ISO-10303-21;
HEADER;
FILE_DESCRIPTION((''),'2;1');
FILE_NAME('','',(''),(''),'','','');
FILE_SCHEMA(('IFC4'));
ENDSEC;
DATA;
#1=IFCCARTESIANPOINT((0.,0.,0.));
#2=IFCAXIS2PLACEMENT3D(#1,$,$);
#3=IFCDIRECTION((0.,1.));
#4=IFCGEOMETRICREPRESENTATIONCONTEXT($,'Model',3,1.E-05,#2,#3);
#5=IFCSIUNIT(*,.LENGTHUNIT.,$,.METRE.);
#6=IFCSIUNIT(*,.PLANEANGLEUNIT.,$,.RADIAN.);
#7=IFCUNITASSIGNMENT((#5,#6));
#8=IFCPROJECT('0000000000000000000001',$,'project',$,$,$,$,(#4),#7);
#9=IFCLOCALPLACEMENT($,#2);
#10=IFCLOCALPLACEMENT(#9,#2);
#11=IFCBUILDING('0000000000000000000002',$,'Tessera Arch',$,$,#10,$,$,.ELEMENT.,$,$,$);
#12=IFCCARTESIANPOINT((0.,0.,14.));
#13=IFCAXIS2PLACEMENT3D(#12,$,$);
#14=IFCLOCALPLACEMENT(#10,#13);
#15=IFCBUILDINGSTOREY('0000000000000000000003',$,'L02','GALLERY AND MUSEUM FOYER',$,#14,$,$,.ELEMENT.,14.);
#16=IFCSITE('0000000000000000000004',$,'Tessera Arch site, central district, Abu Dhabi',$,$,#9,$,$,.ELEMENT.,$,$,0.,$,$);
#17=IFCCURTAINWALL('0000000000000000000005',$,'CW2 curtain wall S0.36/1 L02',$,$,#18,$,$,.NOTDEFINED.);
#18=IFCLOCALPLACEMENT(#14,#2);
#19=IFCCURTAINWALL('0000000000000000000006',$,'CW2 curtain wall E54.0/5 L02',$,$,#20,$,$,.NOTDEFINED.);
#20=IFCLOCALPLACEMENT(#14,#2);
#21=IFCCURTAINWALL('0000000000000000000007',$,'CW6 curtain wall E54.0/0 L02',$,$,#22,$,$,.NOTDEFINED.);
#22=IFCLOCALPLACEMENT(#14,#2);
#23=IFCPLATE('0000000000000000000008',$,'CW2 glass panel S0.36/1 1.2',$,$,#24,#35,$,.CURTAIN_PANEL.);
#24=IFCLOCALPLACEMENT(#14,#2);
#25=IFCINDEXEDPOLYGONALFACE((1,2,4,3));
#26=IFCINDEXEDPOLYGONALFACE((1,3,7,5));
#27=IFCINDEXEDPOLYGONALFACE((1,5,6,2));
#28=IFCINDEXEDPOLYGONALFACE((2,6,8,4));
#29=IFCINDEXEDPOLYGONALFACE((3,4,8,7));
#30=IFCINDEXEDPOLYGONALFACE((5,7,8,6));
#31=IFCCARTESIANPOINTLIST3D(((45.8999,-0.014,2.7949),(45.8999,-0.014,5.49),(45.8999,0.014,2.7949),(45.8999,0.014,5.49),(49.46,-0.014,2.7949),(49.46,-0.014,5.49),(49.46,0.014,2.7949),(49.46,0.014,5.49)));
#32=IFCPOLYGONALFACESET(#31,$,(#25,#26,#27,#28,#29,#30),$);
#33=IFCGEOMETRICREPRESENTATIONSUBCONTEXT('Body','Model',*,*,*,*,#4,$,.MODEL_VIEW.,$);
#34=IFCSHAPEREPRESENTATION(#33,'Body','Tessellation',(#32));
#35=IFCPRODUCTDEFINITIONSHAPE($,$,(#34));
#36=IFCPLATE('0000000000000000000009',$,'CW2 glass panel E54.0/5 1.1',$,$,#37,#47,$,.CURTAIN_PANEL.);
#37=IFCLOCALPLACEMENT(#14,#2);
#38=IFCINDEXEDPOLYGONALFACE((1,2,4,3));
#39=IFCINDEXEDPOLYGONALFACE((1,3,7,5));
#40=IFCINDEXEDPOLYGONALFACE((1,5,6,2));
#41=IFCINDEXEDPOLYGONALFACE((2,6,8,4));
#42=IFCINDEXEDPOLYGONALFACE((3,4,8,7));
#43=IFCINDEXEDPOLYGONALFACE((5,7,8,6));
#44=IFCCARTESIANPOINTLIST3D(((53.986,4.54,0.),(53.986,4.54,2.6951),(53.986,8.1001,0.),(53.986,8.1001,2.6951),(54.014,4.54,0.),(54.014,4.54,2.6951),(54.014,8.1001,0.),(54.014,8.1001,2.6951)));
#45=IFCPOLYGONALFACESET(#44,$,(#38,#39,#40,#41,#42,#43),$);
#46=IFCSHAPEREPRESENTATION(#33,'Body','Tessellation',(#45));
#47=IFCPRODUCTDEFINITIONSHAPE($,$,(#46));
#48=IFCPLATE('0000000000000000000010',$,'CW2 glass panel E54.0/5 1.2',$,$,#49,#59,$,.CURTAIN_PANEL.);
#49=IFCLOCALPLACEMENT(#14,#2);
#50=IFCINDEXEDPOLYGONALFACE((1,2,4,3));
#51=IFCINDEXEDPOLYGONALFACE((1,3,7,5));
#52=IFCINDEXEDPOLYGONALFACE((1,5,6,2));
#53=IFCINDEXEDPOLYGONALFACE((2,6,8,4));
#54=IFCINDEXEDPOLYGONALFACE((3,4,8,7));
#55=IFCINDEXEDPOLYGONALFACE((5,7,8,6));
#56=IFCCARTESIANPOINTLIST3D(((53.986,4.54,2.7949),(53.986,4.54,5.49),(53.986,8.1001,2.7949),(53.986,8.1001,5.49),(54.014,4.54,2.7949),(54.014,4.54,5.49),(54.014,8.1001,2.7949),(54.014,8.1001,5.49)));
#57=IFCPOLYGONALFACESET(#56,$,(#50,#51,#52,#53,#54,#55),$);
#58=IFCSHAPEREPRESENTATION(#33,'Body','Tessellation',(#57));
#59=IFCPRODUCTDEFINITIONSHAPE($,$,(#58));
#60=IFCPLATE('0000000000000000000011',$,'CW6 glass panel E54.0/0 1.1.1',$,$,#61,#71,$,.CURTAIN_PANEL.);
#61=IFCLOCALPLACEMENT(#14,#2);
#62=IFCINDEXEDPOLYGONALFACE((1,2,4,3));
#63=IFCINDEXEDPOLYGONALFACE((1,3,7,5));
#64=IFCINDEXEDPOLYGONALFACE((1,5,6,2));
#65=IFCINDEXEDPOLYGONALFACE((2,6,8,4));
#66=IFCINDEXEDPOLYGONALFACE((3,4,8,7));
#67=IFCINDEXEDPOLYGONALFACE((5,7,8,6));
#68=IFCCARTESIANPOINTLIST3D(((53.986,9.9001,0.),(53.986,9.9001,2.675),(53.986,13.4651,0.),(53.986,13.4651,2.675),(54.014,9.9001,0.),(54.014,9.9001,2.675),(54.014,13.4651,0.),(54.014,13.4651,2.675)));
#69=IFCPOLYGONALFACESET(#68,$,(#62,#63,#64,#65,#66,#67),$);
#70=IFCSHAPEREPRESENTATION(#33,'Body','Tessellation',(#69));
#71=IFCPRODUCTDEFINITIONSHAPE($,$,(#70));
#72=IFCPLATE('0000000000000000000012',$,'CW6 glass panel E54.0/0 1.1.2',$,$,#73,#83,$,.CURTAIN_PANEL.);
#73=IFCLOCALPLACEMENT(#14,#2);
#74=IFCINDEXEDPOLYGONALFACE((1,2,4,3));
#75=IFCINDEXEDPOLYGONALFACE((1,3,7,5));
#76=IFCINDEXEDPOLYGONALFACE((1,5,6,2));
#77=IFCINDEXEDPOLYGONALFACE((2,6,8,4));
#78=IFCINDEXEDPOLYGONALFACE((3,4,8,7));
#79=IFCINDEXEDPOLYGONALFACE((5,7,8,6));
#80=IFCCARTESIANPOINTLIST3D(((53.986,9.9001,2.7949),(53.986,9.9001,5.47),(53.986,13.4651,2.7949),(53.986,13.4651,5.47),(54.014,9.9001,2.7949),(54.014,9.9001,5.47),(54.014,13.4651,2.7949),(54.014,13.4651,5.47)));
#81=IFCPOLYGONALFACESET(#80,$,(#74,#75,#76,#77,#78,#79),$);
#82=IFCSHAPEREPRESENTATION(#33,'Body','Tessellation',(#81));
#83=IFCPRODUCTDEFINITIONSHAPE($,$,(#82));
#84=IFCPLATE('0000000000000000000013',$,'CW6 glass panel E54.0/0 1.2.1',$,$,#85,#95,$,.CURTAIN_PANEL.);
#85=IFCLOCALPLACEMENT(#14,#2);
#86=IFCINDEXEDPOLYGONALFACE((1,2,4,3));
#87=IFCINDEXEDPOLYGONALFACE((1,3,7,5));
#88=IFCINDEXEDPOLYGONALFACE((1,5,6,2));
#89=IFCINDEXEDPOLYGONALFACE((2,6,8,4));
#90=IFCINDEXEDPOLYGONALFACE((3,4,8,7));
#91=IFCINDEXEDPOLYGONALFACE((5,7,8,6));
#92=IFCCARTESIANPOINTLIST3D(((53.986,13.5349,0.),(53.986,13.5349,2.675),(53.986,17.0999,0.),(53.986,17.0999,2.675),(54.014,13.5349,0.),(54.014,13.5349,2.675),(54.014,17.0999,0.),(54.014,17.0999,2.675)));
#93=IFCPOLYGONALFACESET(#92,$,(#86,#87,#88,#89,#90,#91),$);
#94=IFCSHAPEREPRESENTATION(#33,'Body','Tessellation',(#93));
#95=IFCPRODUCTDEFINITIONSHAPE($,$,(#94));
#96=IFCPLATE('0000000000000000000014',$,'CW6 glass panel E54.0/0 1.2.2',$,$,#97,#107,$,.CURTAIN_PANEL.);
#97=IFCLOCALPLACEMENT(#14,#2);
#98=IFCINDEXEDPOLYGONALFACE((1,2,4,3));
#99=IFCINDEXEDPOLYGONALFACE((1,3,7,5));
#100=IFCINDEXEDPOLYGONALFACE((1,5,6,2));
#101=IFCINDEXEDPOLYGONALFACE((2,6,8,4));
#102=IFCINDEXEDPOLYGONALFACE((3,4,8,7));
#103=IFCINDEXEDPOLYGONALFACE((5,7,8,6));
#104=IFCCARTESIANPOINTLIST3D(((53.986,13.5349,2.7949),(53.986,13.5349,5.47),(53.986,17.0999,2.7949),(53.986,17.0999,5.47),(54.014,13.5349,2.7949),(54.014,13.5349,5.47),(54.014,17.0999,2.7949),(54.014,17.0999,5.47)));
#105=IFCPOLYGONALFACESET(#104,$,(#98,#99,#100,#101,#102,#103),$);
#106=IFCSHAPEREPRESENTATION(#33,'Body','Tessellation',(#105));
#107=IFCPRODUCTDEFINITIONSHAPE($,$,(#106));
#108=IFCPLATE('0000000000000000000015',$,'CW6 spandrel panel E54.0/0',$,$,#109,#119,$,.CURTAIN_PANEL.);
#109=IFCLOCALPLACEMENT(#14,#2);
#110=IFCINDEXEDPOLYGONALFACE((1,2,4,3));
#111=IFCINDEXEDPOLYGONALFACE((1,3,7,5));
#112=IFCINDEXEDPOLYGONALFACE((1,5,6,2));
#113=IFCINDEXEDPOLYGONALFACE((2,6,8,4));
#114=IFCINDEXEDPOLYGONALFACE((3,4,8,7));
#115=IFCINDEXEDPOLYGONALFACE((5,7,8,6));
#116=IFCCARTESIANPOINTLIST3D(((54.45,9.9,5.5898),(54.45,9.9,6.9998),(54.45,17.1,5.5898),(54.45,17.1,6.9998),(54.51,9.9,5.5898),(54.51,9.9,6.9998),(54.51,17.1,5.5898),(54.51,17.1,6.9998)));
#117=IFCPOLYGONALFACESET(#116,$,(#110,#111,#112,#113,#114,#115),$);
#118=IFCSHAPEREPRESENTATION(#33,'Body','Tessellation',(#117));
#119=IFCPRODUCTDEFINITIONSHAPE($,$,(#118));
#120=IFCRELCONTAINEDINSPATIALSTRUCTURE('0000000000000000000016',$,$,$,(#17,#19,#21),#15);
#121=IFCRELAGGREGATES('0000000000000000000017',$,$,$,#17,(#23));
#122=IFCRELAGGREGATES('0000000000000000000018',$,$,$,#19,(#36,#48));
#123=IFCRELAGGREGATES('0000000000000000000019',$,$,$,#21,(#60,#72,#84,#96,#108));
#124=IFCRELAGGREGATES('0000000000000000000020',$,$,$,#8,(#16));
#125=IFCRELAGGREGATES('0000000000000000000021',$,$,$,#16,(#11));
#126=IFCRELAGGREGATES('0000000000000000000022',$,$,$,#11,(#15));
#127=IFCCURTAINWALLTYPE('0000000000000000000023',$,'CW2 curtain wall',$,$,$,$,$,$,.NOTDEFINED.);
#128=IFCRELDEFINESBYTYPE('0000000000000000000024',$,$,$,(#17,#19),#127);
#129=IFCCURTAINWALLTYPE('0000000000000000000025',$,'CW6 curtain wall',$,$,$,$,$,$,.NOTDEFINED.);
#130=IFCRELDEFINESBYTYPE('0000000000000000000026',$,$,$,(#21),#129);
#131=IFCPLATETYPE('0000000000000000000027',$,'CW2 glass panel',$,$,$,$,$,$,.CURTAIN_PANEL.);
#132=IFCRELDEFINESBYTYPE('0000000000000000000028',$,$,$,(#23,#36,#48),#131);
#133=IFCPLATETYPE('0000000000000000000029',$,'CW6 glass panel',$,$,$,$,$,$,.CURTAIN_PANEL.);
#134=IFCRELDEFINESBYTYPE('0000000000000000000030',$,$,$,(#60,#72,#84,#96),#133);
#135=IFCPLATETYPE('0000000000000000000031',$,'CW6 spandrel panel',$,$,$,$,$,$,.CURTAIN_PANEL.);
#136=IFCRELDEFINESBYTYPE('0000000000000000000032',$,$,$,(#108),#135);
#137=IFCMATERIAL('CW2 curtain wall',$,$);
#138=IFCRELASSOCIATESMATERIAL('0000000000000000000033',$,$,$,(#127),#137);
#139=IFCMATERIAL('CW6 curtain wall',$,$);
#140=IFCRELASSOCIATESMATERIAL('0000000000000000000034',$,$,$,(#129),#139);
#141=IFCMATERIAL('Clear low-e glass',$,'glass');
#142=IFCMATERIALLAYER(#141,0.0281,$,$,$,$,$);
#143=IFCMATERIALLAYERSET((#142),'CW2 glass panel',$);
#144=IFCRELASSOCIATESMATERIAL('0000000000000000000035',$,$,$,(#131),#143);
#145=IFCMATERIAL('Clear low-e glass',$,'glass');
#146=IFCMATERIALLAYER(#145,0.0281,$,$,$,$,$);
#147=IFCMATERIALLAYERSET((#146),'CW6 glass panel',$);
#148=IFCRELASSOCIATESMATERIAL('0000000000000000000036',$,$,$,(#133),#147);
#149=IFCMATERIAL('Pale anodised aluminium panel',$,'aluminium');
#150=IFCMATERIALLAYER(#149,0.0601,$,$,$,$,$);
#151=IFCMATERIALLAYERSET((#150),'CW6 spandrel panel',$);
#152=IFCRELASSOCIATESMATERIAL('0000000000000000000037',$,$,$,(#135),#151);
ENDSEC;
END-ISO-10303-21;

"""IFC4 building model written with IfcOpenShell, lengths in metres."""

from ifc_helpers import new_model, si_unit, direction, frame, origin, origin_2d, place, context, subcontext, project, spatial, rectangle, extrude, material, layer, layer_set, type_object, element, aggregate, save


model = new_model("IFC4")

# Units and contexts
model_context = context("Model", 3, precision=1e-05, world=origin(), true_north=direction((0.0, 1.0)))
body_context = subcontext(model_context, "Body", "Model", "MODEL_VIEW")
ifc_project = project(units=[si_unit("LENGTHUNIT", "METRE"), si_unit("PLANEANGLEUNIT", "RADIAN")], contexts=[model_context])

# Site, building, storey
site_placement = place(None, origin())
site = spatial("IfcSite", under=ifc_project, at=site_placement, Name="Tessera Arch site, central district, Abu Dhabi", CompositionType="ELEMENT", RefElevation=0.0)
building_placement = place(site_placement, origin())
building = spatial("IfcBuilding", under=site, at=building_placement, Name="Tessera Arch", CompositionType="ELEMENT")
storey_placement = place(building_placement, frame((0.0, 0.0, 14.0)))
storey = spatial("IfcBuildingStorey", under=building, at=storey_placement, Name="L02", Description="GALLERY AND MUSEUM FOYER", CompositionType="ELEMENT", Elevation=14.0)

# Curtain walls
ifc_material_1 = material(Name="CW2 curtain wall")
curtain_wall_type_1 = type_object("IfcCurtainWallType", Name="CW2 curtain wall", PredefinedType="NOTDEFINED", material=ifc_material_1)
curtain_wall_1_placement = place(storey_placement, origin())
curtain_wall_1 = element("IfcCurtainWall", 1, at=curtain_wall_1_placement, inside=storey, type_object=curtain_wall_type_1, Name="CW2 curtain wall S0.36/1 L02", PredefinedType="NOTDEFINED")
curtain_wall_2_placement = place(storey_placement, origin())
curtain_wall_2 = element("IfcCurtainWall", 2, at=curtain_wall_2_placement, inside=storey, type_object=curtain_wall_type_1, Name="CW2 curtain wall E54.0/5 L02", PredefinedType="NOTDEFINED")

# Curtain wall
ifc_material_2 = material(Name="CW6 curtain wall")
curtain_wall_type_2 = type_object("IfcCurtainWallType", Name="CW6 curtain wall", PredefinedType="NOTDEFINED", material=ifc_material_2)
curtain_wall_3_placement = place(storey_placement, origin())
curtain_wall_3 = element("IfcCurtainWall", 3, at=curtain_wall_3_placement, inside=storey, type_object=curtain_wall_type_2, Name="CW6 curtain wall E54.0/0 L02", PredefinedType="NOTDEFINED")

# Plates
ifc_material_3 = material(Name="Clear low-e glass", Category="glass")
ifc_layer_1 = layer(ifc_material_3, 0.0281)
ifc_layer_set_1 = layer_set([ifc_layer_1], Name="CW2 glass panel")
plate_type_1 = type_object("IfcPlateType", Name="CW2 glass panel", PredefinedType="CURTAIN_PANEL", material=ifc_layer_set_1)
plate_1_placement = place(storey_placement, frame((47.6799, 0.0, 2.7949), z_axis=(0.0, 0.0, 1.0), x_axis=(1.0, 0.0, 0.0)))
plate_1 = element("IfcPlate", 4, at=plate_1_placement, type_object=plate_type_1, Name="CW2 glass panel S0.36/1 1.2", PredefinedType="CURTAIN_PANEL", context=body_context, shape_type="SweptSolid", body=[
    extrude(rectangle(XDim=3.5601, YDim=0.0281, at=origin_2d()), origin(), (0.0, 0.0, 1.0), 2.6951),
])
aggregate(curtain_wall_1, [plate_1])
plate_2_placement = place(storey_placement, frame((54.0, 6.3201, 0.0), z_axis=(0.0, 0.0, 1.0), x_axis=(0.0, 1.0, 0.0)))
plate_2 = element("IfcPlate", 5, at=plate_2_placement, type_object=plate_type_1, Name="CW2 glass panel E54.0/5 1.1", PredefinedType="CURTAIN_PANEL", context=body_context, shape_type="SweptSolid", body=[
    extrude(rectangle(XDim=3.5601, YDim=0.0281, at=origin_2d()), origin(), (0.0, 0.0, 1.0), 2.6951),
])
plate_3_placement = place(storey_placement, frame((54.0, 6.3201, 2.7949), z_axis=(0.0, 0.0, 1.0), x_axis=(0.0, 1.0, 0.0)))
plate_3 = element("IfcPlate", 6, at=plate_3_placement, type_object=plate_type_1, Name="CW2 glass panel E54.0/5 1.2", PredefinedType="CURTAIN_PANEL", context=body_context, shape_type="SweptSolid", body=[
    extrude(rectangle(XDim=3.5601, YDim=0.0281, at=origin_2d()), origin(), (0.0, 0.0, 1.0), 2.6951),
])
aggregate(curtain_wall_2, [plate_2, plate_3])
ifc_material_4 = material(Name="Clear low-e glass", Category="glass")
ifc_layer_2 = layer(ifc_material_4, 0.0281)
ifc_layer_set_2 = layer_set([ifc_layer_2], Name="CW6 glass panel")
plate_type_2 = type_object("IfcPlateType", Name="CW6 glass panel", PredefinedType="CURTAIN_PANEL", material=ifc_layer_set_2)
plate_4_placement = place(storey_placement, frame((54.0, 11.6826, 0.0), z_axis=(0.0, 0.0, 1.0), x_axis=(0.0, 1.0, 0.0)))
plate_4 = element("IfcPlate", 7, at=plate_4_placement, type_object=plate_type_2, Name="CW6 glass panel E54.0/0 1.1.1", PredefinedType="CURTAIN_PANEL", context=body_context, shape_type="SweptSolid", body=[
    extrude(rectangle(XDim=3.5649, YDim=0.0281, at=origin_2d()), origin(), (0.0, 0.0, 1.0), 2.675),
])
plate_5_placement = place(storey_placement, frame((54.0, 11.6826, 2.7949), z_axis=(0.0, 0.0, 1.0), x_axis=(0.0, 1.0, 0.0)))
plate_5 = element("IfcPlate", 8, at=plate_5_placement, type_object=plate_type_2, Name="CW6 glass panel E54.0/0 1.1.2", PredefinedType="CURTAIN_PANEL", context=body_context, shape_type="SweptSolid", body=[
    extrude(rectangle(XDim=3.5649, YDim=0.0281, at=origin_2d()), origin(), (0.0, 0.0, 1.0), 2.675),
])
plate_6_placement = place(storey_placement, frame((54.0, 15.3174, 0.0), z_axis=(0.0, 0.0, 1.0), x_axis=(0.0, 1.0, 0.0)))
plate_6 = element("IfcPlate", 9, at=plate_6_placement, type_object=plate_type_2, Name="CW6 glass panel E54.0/0 1.2.1", PredefinedType="CURTAIN_PANEL", context=body_context, shape_type="SweptSolid", body=[
    extrude(rectangle(XDim=3.5649, YDim=0.0281, at=origin_2d()), origin(), (0.0, 0.0, 1.0), 2.675),
])
plate_7_placement = place(storey_placement, frame((54.0, 15.3174, 2.7949), z_axis=(0.0, 0.0, 1.0), x_axis=(0.0, 1.0, 0.0)))
plate_7 = element("IfcPlate", 10, at=plate_7_placement, type_object=plate_type_2, Name="CW6 glass panel E54.0/0 1.2.2", PredefinedType="CURTAIN_PANEL", context=body_context, shape_type="SweptSolid", body=[
    extrude(rectangle(XDim=3.5649, YDim=0.0281, at=origin_2d()), origin(), (0.0, 0.0, 1.0), 2.675),
])
ifc_material_5 = material(Name="Pale anodised aluminium panel", Category="aluminium")
ifc_layer_3 = layer(ifc_material_5, 0.0601)
ifc_layer_set_3 = layer_set([ifc_layer_3], Name="CW6 spandrel panel")
plate_type_3 = type_object("IfcPlateType", Name="CW6 spandrel panel", PredefinedType="CURTAIN_PANEL", material=ifc_layer_set_3)
plate_8_placement = place(storey_placement, frame((54.48, 13.5, 5.5898), z_axis=(0.0, 0.0, 1.0), x_axis=(0.0, 1.0, 0.0)))
plate_8 = element("IfcPlate", 11, at=plate_8_placement, type_object=plate_type_3, Name="CW6 spandrel panel E54.0/0", PredefinedType="CURTAIN_PANEL", context=body_context, shape_type="SweptSolid", body=[
    extrude(rectangle(XDim=7.2, YDim=0.0601, at=origin_2d()), origin(), (0.0, 0.0, 1.0), 1.4099),
])
aggregate(curtain_wall_3, [plate_4, plate_5, plate_6, plate_7, plate_8])

save(model, "model.ifc")
